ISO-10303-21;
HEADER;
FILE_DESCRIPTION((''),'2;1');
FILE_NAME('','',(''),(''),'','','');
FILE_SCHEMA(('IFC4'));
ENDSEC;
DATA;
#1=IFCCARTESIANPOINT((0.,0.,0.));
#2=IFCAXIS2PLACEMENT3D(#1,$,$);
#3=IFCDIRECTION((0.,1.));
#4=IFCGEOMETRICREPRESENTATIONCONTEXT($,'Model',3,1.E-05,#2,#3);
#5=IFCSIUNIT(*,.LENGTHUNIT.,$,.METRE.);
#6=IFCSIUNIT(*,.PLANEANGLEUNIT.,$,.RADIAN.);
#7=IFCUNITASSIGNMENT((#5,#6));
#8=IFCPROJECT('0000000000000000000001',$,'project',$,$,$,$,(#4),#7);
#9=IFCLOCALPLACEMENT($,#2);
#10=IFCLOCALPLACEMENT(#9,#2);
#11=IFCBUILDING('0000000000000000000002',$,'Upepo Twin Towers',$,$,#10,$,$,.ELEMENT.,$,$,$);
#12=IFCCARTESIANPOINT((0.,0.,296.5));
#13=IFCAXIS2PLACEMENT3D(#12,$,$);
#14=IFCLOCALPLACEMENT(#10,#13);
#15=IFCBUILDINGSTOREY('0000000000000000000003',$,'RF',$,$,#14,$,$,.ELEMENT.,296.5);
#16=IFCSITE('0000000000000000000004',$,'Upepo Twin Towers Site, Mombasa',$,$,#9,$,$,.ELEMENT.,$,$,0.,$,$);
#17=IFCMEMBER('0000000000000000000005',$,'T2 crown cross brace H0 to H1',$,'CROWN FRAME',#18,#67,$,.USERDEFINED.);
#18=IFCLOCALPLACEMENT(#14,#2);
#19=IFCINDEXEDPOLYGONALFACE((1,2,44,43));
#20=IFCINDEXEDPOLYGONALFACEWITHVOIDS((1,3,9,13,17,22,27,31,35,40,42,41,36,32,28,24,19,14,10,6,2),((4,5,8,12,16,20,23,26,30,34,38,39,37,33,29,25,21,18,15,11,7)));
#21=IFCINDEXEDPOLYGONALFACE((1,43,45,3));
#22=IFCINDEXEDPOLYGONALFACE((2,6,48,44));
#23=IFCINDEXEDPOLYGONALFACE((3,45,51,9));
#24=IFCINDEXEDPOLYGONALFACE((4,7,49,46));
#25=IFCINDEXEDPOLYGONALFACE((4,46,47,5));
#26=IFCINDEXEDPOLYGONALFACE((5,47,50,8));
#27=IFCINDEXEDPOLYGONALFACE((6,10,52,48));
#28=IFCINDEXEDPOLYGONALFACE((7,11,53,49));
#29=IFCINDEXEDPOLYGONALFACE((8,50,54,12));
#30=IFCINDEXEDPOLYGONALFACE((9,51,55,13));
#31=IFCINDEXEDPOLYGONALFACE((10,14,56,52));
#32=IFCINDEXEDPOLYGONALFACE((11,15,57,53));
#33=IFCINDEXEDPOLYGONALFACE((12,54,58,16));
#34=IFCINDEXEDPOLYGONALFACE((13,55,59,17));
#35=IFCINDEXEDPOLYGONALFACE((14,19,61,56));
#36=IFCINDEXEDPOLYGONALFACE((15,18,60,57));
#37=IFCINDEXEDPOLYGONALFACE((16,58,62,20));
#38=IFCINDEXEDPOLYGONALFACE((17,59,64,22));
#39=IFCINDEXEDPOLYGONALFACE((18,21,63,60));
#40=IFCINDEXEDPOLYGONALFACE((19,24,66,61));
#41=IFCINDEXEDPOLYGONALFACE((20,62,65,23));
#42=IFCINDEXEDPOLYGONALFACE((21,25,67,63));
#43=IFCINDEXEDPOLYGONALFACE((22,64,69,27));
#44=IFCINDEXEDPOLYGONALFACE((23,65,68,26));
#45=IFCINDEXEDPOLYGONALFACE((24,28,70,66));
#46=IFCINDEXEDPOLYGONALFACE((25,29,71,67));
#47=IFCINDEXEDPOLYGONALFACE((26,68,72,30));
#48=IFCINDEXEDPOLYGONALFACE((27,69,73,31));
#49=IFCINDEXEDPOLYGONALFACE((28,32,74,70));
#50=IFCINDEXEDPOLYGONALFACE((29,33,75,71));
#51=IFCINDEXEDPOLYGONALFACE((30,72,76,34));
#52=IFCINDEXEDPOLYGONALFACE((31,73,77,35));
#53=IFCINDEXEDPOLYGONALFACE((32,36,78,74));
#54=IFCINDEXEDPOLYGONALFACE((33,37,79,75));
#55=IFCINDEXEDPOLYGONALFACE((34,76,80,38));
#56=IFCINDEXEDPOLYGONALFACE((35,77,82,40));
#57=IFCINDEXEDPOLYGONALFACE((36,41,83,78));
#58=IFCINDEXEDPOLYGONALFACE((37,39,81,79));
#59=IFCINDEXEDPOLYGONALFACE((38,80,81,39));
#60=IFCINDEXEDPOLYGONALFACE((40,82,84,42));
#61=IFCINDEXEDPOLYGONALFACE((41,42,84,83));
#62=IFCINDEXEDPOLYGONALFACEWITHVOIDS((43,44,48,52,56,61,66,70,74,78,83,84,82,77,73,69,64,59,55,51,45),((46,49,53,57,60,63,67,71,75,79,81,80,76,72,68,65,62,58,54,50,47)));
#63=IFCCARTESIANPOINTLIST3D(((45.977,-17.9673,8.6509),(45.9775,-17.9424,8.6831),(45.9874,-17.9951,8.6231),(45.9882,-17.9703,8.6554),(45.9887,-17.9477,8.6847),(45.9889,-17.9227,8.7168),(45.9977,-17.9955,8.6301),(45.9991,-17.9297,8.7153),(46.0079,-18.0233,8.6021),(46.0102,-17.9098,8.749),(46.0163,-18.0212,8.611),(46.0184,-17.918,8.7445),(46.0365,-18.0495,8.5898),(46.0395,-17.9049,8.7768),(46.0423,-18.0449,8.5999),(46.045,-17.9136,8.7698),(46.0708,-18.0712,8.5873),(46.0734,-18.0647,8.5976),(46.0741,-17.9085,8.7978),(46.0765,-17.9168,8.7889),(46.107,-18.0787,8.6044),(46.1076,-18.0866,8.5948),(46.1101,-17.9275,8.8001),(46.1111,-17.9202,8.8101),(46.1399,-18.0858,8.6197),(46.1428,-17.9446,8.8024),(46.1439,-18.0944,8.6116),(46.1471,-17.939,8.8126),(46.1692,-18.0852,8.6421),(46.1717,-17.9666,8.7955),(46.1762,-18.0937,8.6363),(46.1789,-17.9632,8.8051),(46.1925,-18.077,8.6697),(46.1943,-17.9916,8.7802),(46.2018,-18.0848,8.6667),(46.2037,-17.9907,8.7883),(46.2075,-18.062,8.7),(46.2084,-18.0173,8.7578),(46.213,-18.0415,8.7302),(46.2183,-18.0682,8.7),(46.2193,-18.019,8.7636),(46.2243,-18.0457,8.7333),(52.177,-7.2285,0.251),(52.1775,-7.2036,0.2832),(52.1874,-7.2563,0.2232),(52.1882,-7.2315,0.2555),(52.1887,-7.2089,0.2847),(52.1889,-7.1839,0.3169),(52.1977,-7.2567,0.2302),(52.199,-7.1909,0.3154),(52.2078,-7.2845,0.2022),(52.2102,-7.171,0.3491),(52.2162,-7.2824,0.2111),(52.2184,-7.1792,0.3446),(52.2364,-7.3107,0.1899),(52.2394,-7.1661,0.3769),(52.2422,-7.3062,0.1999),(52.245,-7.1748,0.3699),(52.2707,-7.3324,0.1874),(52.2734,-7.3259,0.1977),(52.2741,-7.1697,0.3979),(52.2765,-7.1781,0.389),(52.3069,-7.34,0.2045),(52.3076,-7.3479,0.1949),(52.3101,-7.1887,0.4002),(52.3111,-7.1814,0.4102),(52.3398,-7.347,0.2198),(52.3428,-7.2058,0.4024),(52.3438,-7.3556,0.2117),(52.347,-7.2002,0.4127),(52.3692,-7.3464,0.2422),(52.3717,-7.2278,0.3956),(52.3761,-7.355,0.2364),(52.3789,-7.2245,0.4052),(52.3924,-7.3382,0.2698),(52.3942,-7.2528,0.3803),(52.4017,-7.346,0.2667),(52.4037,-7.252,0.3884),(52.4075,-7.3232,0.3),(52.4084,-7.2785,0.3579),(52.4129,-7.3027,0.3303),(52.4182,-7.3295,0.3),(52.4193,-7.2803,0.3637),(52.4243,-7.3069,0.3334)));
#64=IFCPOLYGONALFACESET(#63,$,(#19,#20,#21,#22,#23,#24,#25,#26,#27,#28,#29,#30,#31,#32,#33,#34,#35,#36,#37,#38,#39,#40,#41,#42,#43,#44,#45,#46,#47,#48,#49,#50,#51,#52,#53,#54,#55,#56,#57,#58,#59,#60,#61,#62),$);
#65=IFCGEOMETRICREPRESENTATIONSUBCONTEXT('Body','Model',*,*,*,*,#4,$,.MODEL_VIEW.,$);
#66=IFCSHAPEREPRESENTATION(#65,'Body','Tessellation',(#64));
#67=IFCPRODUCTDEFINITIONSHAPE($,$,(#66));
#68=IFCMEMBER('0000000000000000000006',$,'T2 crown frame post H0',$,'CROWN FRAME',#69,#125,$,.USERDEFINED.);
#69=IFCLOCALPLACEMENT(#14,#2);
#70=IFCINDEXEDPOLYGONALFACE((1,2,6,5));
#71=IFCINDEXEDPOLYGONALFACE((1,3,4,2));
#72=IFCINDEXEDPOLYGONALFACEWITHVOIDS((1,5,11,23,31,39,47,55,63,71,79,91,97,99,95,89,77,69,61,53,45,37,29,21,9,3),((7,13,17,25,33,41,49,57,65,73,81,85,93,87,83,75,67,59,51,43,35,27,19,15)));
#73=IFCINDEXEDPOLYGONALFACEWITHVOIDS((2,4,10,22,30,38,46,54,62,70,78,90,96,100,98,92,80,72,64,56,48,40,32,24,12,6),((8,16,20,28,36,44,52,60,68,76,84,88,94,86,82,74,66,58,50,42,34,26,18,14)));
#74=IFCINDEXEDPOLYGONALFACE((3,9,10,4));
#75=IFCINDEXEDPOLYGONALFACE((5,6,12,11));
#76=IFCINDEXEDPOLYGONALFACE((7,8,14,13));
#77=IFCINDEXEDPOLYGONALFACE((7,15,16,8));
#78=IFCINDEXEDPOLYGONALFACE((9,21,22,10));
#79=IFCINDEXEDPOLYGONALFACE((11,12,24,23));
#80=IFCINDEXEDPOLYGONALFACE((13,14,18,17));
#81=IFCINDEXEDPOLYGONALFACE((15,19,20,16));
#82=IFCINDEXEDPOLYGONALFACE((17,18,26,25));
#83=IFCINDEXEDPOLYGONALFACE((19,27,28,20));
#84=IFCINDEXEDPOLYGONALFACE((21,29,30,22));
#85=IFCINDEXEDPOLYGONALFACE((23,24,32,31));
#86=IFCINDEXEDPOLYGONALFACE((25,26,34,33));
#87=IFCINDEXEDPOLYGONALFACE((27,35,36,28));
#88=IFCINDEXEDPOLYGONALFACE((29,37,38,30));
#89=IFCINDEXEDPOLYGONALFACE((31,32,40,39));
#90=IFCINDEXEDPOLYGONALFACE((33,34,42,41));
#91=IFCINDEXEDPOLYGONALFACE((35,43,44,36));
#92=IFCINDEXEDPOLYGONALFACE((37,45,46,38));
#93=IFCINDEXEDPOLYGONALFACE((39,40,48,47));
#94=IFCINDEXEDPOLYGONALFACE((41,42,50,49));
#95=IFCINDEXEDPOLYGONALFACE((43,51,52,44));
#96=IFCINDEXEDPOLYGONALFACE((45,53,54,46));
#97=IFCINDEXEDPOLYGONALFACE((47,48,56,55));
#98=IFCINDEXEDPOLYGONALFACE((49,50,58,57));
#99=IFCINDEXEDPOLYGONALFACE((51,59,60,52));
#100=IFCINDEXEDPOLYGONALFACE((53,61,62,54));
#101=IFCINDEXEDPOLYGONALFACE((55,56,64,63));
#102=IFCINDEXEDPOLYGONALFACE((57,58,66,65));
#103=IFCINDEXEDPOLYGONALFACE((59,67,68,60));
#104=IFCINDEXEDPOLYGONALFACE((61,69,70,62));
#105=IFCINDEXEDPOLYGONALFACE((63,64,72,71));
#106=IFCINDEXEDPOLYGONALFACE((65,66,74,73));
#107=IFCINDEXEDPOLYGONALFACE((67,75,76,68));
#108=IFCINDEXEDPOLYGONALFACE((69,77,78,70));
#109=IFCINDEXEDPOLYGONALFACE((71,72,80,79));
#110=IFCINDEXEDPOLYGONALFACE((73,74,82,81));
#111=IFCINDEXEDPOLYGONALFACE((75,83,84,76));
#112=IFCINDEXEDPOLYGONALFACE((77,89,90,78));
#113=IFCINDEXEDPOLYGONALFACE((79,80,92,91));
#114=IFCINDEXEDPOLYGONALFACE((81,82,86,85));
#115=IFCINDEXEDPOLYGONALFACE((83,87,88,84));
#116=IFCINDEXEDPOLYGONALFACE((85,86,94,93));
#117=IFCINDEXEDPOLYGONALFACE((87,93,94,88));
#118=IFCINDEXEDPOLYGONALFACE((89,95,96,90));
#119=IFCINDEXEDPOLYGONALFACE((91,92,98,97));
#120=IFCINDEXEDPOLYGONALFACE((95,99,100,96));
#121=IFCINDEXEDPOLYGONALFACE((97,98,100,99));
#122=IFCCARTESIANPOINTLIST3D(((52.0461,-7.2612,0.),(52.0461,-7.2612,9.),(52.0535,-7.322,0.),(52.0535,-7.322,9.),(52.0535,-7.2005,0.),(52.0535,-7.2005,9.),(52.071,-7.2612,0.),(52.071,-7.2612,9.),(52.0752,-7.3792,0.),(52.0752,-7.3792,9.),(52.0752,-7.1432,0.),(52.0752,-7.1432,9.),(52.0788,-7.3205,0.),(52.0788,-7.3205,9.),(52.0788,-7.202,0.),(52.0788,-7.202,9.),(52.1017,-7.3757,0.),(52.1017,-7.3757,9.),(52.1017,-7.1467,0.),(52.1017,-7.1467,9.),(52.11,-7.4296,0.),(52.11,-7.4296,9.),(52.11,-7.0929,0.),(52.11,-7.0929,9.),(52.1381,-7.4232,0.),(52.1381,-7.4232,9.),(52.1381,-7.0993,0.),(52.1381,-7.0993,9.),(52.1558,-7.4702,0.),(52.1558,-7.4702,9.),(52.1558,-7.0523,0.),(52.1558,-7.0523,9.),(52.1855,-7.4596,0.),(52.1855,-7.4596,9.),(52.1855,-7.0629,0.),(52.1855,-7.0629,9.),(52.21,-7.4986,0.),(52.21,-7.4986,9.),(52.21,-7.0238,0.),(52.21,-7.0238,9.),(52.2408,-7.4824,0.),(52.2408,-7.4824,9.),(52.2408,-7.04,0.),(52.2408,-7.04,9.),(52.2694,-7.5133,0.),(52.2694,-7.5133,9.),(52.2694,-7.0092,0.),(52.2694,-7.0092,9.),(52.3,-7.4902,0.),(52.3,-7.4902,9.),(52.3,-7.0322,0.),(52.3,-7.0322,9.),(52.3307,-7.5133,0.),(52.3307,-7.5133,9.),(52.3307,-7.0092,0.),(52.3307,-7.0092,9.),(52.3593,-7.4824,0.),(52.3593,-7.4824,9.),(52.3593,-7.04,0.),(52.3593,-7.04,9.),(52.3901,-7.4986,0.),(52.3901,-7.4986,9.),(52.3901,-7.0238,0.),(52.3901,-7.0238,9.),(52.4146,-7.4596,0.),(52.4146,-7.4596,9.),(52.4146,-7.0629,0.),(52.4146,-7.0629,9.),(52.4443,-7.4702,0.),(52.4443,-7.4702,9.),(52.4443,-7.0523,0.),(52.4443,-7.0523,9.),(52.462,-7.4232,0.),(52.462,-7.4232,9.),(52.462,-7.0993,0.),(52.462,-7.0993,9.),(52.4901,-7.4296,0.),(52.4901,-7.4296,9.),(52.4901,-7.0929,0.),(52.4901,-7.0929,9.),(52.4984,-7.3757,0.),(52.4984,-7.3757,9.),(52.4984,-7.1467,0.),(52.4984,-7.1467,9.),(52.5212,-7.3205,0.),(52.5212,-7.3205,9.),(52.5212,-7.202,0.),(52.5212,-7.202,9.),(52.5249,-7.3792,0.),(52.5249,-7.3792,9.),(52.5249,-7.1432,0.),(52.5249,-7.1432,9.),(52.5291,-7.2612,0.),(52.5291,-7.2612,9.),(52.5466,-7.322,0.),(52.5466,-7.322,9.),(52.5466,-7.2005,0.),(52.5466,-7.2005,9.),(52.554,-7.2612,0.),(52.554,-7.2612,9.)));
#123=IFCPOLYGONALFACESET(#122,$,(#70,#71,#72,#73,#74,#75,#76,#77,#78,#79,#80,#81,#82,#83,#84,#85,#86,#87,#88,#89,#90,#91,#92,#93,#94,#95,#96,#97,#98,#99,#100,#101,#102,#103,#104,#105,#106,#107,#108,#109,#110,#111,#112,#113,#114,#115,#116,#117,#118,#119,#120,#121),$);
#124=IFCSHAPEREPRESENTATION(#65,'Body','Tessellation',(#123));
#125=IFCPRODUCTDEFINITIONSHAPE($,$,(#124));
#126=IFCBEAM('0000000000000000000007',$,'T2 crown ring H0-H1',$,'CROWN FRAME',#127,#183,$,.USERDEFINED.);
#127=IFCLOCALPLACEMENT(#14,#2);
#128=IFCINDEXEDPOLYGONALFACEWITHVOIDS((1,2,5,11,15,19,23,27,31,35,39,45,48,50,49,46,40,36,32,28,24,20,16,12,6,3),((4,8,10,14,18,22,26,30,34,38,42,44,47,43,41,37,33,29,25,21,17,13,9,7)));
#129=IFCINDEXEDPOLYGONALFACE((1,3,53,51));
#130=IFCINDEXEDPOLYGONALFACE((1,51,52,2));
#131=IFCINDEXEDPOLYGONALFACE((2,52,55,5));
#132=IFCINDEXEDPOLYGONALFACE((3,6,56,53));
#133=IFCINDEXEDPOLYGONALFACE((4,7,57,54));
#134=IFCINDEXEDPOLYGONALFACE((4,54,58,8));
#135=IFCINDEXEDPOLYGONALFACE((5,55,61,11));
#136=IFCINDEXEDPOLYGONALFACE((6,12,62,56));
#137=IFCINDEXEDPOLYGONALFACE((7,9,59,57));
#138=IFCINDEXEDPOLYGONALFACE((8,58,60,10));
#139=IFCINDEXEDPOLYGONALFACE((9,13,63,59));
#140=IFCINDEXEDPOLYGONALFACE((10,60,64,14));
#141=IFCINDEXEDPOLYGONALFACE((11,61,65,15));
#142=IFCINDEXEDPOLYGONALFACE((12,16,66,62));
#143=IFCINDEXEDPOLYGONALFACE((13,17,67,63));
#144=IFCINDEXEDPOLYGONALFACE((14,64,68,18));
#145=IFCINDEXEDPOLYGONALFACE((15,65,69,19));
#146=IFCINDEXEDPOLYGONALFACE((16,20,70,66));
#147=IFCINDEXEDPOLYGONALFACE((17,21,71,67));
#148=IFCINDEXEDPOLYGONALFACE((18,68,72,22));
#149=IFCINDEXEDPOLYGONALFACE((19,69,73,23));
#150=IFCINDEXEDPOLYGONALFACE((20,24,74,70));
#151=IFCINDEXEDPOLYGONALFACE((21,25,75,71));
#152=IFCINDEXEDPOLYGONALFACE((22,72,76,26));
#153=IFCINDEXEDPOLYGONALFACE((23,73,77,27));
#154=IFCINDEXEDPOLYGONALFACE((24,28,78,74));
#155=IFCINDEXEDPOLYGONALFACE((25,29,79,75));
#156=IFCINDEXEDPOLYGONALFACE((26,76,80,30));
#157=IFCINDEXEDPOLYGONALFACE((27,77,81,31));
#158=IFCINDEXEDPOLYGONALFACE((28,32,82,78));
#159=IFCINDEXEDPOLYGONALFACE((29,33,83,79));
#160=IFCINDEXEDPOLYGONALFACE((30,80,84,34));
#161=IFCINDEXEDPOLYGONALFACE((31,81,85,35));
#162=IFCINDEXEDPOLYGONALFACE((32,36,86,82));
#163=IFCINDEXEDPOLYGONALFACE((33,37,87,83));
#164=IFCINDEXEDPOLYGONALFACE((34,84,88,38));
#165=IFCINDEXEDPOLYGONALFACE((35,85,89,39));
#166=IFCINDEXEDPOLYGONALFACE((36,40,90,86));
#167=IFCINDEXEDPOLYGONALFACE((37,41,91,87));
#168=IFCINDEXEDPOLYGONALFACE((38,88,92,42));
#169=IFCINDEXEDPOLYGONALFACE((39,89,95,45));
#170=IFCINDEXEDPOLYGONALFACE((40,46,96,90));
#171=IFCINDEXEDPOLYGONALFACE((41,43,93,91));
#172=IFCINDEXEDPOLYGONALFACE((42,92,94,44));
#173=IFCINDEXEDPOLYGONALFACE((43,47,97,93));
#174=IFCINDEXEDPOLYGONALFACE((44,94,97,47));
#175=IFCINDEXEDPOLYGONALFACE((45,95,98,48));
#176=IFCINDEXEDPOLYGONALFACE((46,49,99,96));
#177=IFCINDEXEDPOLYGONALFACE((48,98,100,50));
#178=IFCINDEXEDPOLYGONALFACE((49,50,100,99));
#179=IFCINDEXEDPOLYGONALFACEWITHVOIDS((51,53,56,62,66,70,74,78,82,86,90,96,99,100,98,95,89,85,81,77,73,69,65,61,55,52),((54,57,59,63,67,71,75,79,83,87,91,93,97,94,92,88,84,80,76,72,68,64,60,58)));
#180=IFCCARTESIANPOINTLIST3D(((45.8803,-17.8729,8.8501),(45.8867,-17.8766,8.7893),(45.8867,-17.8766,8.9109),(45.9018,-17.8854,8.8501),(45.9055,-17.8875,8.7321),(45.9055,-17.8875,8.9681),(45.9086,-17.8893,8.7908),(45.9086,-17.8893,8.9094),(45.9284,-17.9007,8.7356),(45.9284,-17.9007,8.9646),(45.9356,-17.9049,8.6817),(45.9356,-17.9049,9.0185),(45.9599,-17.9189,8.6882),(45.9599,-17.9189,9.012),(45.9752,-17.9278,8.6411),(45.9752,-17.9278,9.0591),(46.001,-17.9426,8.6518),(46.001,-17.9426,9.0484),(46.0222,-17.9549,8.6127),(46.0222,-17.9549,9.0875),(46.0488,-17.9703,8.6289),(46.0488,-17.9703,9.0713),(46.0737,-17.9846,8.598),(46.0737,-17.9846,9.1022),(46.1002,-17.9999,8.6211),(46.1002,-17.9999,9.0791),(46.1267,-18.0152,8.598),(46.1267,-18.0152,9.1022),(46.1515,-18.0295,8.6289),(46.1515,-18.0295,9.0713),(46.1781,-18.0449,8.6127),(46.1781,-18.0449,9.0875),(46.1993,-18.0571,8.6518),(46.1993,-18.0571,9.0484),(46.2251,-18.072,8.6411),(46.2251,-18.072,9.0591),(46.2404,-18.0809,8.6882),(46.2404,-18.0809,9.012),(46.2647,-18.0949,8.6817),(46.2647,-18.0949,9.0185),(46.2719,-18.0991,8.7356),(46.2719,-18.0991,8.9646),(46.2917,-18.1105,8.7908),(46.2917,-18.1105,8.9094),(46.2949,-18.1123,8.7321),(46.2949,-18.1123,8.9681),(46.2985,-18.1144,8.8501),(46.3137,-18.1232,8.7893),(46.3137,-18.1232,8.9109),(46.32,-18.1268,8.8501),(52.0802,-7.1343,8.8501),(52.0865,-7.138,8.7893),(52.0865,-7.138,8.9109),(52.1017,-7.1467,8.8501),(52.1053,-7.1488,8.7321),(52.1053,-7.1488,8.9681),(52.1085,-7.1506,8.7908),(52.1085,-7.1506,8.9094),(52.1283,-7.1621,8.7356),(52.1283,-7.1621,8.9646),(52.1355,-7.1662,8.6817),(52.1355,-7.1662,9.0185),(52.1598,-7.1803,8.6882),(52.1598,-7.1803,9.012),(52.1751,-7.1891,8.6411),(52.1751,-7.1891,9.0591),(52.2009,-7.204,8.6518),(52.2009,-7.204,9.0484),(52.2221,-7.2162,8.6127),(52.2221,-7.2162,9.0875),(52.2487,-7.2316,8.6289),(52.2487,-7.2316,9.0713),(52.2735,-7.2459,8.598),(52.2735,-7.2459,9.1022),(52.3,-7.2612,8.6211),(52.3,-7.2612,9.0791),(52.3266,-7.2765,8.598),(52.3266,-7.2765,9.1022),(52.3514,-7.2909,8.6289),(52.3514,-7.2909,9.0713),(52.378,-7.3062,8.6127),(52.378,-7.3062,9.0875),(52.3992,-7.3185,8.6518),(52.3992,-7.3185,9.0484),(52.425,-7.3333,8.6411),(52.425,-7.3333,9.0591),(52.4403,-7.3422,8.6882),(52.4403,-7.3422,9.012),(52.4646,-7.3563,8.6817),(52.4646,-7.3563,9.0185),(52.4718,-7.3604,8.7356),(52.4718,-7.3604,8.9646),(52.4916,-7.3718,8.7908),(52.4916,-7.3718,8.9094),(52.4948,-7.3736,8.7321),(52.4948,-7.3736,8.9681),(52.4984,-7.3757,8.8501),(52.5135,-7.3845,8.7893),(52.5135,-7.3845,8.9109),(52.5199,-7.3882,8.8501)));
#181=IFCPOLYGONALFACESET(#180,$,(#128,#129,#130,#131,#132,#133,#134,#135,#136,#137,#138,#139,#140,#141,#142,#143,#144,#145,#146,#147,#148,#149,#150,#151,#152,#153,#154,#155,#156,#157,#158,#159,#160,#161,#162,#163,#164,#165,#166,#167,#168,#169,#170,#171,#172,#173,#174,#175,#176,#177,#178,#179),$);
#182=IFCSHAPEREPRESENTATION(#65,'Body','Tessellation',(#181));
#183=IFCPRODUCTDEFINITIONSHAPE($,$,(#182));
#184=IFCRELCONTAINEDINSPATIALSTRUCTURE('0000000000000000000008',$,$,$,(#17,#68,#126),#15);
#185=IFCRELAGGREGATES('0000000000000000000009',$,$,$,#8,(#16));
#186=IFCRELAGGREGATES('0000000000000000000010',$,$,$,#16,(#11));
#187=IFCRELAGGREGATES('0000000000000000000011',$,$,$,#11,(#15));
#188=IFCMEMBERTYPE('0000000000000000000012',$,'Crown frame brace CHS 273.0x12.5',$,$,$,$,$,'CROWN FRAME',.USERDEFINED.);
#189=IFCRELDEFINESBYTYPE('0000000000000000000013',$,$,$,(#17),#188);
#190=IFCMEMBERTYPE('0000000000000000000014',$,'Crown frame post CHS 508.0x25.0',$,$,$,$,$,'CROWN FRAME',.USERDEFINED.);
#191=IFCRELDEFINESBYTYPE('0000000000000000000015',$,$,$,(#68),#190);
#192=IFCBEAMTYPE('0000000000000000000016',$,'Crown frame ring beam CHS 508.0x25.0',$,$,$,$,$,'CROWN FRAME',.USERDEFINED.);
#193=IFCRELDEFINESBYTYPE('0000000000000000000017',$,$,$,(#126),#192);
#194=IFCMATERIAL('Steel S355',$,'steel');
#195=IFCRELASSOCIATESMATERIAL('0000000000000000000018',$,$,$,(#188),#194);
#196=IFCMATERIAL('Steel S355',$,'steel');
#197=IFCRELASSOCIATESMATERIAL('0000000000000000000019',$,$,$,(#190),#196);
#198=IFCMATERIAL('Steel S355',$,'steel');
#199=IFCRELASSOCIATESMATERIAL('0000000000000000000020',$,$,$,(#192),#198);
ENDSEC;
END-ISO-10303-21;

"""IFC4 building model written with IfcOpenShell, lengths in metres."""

from ifc_helpers import new_model, si_unit, direction, frame, origin, origin_2d, place, context, subcontext, project, spatial, hollow_circle, extrude, material, material_profile, profile_set, type_object, element, save


model = new_model("IFC4")

# Units and contexts
model_context = context("Model", 3, precision=1e-05, world=origin(), true_north=direction((0.0, 1.0)))
body_context = subcontext(model_context, "Body", "Model", "MODEL_VIEW")
ifc_project = project(units=[si_unit("LENGTHUNIT", "METRE"), si_unit("PLANEANGLEUNIT", "RADIAN")], contexts=[model_context])

# Site, building, storey
site_placement = place(None, origin())
site = spatial("IfcSite", under=ifc_project, at=site_placement, Name="Upepo Twin Towers Site, Mombasa", CompositionType="ELEMENT", RefElevation=0.0)
building_placement = place(site_placement, origin())
building = spatial("IfcBuilding", under=site, at=building_placement, Name="Upepo Twin Towers", CompositionType="ELEMENT")
storey_placement = place(building_placement, frame((0.0, 0.0, 296.5)))
storey = spatial("IfcBuildingStorey", under=building, at=storey_placement, Name="RF", CompositionType="ELEMENT", Elevation=296.5)

# Members
ifc_material_1 = material(Name="Steel S355", Category="steel")
ifc_material_profile_1 = material_profile(ifc_material_1, hollow_circle(Radius=0.1365, WallThickness=0.0125, at=origin_2d()), Name="CHS 273.0x12.5")
ifc_profile_set_1 = profile_set([ifc_material_profile_1], Name="Steel S355")
member_type_1 = type_object("IfcMemberType", Name="Crown frame brace CHS 273.0x12.5", ElementType="CROWN FRAME", PredefinedType="USERDEFINED", material=ifc_profile_set_1)
member_1_placement = place(storey_placement, frame((52.3, -7.2612, 0.3), z_axis=(-0.413957, -0.717004, 0.560843), x_axis=(0.866028, -0.499995, 0.0)))
element("IfcMember", 1, at=member_1_placement, inside=storey, type_object=member_type_1, Name="T2 crown cross brace H0 to H1", ObjectType="CROWN FRAME", PredefinedType="USERDEFINED", context=body_context, shape_type="SweptSolid", body=[
    extrude(hollow_circle(Radius=0.1365, WallThickness=0.0125, at=origin_2d()), origin(), (0.0, 0.0, 1.0), 14.9773),
])
ifc_material_2 = material(Name="Steel S355", Category="steel")
ifc_material_profile_2 = material_profile(ifc_material_2, hollow_circle(Radius=0.2539, WallThickness=0.0249, at=origin_2d()), Name="CHS 508.0x25.0")
ifc_profile_set_2 = profile_set([ifc_material_profile_2], Name="Steel S355")
member_type_2 = type_object("IfcMemberType", Name="Crown frame post CHS 508.0x25.0", ElementType="CROWN FRAME", PredefinedType="USERDEFINED", material=ifc_profile_set_2)
member_2_placement = place(storey_placement, frame((52.3, -7.2612, 0.0), z_axis=(0.0, 0.0, 1.0), x_axis=(1.0, 0.0, 0.0)))
element("IfcMember", 2, at=member_2_placement, inside=storey, type_object=member_type_2, Name="T2 crown frame post H0", ObjectType="CROWN FRAME", PredefinedType="USERDEFINED", context=body_context, shape_type="SweptSolid", body=[
    extrude(hollow_circle(Radius=0.2539, WallThickness=0.0249, at=origin_2d()), origin(), (0.0, 0.0, 1.0), 9.0),
])

# Beam
ifc_material_3 = material(Name="Steel S355", Category="steel")
ifc_material_profile_3 = material_profile(ifc_material_3, hollow_circle(Radius=0.2539, WallThickness=0.0249, at=origin_2d()), Name="CHS 508.0x25.0")
ifc_profile_set_3 = profile_set([ifc_material_profile_3], Name="Steel S355")
beam_type = type_object("IfcBeamType", Name="Crown frame ring beam CHS 508.0x25.0", ElementType="CROWN FRAME", PredefinedType="USERDEFINED", material=ifc_profile_set_3)
beam_1_placement = place(storey_placement, frame((52.3, -7.2612, 8.8501), z_axis=(-0.499995, -0.866028, 0.0), x_axis=(0.866028, -0.499995, 0.0)))
element("IfcBeam", 3, at=beam_1_placement, inside=storey, type_object=beam_type, Name="T2 crown ring H0-H1", ObjectType="CROWN FRAME", PredefinedType="USERDEFINED", context=body_context, shape_type="SweptSolid", body=[
    extrude(hollow_circle(Radius=0.2539, WallThickness=0.0249, at=origin_2d()), origin(), (0.0, 0.0, 1.0), 12.3999),
])

save(model, "model.ifc")
